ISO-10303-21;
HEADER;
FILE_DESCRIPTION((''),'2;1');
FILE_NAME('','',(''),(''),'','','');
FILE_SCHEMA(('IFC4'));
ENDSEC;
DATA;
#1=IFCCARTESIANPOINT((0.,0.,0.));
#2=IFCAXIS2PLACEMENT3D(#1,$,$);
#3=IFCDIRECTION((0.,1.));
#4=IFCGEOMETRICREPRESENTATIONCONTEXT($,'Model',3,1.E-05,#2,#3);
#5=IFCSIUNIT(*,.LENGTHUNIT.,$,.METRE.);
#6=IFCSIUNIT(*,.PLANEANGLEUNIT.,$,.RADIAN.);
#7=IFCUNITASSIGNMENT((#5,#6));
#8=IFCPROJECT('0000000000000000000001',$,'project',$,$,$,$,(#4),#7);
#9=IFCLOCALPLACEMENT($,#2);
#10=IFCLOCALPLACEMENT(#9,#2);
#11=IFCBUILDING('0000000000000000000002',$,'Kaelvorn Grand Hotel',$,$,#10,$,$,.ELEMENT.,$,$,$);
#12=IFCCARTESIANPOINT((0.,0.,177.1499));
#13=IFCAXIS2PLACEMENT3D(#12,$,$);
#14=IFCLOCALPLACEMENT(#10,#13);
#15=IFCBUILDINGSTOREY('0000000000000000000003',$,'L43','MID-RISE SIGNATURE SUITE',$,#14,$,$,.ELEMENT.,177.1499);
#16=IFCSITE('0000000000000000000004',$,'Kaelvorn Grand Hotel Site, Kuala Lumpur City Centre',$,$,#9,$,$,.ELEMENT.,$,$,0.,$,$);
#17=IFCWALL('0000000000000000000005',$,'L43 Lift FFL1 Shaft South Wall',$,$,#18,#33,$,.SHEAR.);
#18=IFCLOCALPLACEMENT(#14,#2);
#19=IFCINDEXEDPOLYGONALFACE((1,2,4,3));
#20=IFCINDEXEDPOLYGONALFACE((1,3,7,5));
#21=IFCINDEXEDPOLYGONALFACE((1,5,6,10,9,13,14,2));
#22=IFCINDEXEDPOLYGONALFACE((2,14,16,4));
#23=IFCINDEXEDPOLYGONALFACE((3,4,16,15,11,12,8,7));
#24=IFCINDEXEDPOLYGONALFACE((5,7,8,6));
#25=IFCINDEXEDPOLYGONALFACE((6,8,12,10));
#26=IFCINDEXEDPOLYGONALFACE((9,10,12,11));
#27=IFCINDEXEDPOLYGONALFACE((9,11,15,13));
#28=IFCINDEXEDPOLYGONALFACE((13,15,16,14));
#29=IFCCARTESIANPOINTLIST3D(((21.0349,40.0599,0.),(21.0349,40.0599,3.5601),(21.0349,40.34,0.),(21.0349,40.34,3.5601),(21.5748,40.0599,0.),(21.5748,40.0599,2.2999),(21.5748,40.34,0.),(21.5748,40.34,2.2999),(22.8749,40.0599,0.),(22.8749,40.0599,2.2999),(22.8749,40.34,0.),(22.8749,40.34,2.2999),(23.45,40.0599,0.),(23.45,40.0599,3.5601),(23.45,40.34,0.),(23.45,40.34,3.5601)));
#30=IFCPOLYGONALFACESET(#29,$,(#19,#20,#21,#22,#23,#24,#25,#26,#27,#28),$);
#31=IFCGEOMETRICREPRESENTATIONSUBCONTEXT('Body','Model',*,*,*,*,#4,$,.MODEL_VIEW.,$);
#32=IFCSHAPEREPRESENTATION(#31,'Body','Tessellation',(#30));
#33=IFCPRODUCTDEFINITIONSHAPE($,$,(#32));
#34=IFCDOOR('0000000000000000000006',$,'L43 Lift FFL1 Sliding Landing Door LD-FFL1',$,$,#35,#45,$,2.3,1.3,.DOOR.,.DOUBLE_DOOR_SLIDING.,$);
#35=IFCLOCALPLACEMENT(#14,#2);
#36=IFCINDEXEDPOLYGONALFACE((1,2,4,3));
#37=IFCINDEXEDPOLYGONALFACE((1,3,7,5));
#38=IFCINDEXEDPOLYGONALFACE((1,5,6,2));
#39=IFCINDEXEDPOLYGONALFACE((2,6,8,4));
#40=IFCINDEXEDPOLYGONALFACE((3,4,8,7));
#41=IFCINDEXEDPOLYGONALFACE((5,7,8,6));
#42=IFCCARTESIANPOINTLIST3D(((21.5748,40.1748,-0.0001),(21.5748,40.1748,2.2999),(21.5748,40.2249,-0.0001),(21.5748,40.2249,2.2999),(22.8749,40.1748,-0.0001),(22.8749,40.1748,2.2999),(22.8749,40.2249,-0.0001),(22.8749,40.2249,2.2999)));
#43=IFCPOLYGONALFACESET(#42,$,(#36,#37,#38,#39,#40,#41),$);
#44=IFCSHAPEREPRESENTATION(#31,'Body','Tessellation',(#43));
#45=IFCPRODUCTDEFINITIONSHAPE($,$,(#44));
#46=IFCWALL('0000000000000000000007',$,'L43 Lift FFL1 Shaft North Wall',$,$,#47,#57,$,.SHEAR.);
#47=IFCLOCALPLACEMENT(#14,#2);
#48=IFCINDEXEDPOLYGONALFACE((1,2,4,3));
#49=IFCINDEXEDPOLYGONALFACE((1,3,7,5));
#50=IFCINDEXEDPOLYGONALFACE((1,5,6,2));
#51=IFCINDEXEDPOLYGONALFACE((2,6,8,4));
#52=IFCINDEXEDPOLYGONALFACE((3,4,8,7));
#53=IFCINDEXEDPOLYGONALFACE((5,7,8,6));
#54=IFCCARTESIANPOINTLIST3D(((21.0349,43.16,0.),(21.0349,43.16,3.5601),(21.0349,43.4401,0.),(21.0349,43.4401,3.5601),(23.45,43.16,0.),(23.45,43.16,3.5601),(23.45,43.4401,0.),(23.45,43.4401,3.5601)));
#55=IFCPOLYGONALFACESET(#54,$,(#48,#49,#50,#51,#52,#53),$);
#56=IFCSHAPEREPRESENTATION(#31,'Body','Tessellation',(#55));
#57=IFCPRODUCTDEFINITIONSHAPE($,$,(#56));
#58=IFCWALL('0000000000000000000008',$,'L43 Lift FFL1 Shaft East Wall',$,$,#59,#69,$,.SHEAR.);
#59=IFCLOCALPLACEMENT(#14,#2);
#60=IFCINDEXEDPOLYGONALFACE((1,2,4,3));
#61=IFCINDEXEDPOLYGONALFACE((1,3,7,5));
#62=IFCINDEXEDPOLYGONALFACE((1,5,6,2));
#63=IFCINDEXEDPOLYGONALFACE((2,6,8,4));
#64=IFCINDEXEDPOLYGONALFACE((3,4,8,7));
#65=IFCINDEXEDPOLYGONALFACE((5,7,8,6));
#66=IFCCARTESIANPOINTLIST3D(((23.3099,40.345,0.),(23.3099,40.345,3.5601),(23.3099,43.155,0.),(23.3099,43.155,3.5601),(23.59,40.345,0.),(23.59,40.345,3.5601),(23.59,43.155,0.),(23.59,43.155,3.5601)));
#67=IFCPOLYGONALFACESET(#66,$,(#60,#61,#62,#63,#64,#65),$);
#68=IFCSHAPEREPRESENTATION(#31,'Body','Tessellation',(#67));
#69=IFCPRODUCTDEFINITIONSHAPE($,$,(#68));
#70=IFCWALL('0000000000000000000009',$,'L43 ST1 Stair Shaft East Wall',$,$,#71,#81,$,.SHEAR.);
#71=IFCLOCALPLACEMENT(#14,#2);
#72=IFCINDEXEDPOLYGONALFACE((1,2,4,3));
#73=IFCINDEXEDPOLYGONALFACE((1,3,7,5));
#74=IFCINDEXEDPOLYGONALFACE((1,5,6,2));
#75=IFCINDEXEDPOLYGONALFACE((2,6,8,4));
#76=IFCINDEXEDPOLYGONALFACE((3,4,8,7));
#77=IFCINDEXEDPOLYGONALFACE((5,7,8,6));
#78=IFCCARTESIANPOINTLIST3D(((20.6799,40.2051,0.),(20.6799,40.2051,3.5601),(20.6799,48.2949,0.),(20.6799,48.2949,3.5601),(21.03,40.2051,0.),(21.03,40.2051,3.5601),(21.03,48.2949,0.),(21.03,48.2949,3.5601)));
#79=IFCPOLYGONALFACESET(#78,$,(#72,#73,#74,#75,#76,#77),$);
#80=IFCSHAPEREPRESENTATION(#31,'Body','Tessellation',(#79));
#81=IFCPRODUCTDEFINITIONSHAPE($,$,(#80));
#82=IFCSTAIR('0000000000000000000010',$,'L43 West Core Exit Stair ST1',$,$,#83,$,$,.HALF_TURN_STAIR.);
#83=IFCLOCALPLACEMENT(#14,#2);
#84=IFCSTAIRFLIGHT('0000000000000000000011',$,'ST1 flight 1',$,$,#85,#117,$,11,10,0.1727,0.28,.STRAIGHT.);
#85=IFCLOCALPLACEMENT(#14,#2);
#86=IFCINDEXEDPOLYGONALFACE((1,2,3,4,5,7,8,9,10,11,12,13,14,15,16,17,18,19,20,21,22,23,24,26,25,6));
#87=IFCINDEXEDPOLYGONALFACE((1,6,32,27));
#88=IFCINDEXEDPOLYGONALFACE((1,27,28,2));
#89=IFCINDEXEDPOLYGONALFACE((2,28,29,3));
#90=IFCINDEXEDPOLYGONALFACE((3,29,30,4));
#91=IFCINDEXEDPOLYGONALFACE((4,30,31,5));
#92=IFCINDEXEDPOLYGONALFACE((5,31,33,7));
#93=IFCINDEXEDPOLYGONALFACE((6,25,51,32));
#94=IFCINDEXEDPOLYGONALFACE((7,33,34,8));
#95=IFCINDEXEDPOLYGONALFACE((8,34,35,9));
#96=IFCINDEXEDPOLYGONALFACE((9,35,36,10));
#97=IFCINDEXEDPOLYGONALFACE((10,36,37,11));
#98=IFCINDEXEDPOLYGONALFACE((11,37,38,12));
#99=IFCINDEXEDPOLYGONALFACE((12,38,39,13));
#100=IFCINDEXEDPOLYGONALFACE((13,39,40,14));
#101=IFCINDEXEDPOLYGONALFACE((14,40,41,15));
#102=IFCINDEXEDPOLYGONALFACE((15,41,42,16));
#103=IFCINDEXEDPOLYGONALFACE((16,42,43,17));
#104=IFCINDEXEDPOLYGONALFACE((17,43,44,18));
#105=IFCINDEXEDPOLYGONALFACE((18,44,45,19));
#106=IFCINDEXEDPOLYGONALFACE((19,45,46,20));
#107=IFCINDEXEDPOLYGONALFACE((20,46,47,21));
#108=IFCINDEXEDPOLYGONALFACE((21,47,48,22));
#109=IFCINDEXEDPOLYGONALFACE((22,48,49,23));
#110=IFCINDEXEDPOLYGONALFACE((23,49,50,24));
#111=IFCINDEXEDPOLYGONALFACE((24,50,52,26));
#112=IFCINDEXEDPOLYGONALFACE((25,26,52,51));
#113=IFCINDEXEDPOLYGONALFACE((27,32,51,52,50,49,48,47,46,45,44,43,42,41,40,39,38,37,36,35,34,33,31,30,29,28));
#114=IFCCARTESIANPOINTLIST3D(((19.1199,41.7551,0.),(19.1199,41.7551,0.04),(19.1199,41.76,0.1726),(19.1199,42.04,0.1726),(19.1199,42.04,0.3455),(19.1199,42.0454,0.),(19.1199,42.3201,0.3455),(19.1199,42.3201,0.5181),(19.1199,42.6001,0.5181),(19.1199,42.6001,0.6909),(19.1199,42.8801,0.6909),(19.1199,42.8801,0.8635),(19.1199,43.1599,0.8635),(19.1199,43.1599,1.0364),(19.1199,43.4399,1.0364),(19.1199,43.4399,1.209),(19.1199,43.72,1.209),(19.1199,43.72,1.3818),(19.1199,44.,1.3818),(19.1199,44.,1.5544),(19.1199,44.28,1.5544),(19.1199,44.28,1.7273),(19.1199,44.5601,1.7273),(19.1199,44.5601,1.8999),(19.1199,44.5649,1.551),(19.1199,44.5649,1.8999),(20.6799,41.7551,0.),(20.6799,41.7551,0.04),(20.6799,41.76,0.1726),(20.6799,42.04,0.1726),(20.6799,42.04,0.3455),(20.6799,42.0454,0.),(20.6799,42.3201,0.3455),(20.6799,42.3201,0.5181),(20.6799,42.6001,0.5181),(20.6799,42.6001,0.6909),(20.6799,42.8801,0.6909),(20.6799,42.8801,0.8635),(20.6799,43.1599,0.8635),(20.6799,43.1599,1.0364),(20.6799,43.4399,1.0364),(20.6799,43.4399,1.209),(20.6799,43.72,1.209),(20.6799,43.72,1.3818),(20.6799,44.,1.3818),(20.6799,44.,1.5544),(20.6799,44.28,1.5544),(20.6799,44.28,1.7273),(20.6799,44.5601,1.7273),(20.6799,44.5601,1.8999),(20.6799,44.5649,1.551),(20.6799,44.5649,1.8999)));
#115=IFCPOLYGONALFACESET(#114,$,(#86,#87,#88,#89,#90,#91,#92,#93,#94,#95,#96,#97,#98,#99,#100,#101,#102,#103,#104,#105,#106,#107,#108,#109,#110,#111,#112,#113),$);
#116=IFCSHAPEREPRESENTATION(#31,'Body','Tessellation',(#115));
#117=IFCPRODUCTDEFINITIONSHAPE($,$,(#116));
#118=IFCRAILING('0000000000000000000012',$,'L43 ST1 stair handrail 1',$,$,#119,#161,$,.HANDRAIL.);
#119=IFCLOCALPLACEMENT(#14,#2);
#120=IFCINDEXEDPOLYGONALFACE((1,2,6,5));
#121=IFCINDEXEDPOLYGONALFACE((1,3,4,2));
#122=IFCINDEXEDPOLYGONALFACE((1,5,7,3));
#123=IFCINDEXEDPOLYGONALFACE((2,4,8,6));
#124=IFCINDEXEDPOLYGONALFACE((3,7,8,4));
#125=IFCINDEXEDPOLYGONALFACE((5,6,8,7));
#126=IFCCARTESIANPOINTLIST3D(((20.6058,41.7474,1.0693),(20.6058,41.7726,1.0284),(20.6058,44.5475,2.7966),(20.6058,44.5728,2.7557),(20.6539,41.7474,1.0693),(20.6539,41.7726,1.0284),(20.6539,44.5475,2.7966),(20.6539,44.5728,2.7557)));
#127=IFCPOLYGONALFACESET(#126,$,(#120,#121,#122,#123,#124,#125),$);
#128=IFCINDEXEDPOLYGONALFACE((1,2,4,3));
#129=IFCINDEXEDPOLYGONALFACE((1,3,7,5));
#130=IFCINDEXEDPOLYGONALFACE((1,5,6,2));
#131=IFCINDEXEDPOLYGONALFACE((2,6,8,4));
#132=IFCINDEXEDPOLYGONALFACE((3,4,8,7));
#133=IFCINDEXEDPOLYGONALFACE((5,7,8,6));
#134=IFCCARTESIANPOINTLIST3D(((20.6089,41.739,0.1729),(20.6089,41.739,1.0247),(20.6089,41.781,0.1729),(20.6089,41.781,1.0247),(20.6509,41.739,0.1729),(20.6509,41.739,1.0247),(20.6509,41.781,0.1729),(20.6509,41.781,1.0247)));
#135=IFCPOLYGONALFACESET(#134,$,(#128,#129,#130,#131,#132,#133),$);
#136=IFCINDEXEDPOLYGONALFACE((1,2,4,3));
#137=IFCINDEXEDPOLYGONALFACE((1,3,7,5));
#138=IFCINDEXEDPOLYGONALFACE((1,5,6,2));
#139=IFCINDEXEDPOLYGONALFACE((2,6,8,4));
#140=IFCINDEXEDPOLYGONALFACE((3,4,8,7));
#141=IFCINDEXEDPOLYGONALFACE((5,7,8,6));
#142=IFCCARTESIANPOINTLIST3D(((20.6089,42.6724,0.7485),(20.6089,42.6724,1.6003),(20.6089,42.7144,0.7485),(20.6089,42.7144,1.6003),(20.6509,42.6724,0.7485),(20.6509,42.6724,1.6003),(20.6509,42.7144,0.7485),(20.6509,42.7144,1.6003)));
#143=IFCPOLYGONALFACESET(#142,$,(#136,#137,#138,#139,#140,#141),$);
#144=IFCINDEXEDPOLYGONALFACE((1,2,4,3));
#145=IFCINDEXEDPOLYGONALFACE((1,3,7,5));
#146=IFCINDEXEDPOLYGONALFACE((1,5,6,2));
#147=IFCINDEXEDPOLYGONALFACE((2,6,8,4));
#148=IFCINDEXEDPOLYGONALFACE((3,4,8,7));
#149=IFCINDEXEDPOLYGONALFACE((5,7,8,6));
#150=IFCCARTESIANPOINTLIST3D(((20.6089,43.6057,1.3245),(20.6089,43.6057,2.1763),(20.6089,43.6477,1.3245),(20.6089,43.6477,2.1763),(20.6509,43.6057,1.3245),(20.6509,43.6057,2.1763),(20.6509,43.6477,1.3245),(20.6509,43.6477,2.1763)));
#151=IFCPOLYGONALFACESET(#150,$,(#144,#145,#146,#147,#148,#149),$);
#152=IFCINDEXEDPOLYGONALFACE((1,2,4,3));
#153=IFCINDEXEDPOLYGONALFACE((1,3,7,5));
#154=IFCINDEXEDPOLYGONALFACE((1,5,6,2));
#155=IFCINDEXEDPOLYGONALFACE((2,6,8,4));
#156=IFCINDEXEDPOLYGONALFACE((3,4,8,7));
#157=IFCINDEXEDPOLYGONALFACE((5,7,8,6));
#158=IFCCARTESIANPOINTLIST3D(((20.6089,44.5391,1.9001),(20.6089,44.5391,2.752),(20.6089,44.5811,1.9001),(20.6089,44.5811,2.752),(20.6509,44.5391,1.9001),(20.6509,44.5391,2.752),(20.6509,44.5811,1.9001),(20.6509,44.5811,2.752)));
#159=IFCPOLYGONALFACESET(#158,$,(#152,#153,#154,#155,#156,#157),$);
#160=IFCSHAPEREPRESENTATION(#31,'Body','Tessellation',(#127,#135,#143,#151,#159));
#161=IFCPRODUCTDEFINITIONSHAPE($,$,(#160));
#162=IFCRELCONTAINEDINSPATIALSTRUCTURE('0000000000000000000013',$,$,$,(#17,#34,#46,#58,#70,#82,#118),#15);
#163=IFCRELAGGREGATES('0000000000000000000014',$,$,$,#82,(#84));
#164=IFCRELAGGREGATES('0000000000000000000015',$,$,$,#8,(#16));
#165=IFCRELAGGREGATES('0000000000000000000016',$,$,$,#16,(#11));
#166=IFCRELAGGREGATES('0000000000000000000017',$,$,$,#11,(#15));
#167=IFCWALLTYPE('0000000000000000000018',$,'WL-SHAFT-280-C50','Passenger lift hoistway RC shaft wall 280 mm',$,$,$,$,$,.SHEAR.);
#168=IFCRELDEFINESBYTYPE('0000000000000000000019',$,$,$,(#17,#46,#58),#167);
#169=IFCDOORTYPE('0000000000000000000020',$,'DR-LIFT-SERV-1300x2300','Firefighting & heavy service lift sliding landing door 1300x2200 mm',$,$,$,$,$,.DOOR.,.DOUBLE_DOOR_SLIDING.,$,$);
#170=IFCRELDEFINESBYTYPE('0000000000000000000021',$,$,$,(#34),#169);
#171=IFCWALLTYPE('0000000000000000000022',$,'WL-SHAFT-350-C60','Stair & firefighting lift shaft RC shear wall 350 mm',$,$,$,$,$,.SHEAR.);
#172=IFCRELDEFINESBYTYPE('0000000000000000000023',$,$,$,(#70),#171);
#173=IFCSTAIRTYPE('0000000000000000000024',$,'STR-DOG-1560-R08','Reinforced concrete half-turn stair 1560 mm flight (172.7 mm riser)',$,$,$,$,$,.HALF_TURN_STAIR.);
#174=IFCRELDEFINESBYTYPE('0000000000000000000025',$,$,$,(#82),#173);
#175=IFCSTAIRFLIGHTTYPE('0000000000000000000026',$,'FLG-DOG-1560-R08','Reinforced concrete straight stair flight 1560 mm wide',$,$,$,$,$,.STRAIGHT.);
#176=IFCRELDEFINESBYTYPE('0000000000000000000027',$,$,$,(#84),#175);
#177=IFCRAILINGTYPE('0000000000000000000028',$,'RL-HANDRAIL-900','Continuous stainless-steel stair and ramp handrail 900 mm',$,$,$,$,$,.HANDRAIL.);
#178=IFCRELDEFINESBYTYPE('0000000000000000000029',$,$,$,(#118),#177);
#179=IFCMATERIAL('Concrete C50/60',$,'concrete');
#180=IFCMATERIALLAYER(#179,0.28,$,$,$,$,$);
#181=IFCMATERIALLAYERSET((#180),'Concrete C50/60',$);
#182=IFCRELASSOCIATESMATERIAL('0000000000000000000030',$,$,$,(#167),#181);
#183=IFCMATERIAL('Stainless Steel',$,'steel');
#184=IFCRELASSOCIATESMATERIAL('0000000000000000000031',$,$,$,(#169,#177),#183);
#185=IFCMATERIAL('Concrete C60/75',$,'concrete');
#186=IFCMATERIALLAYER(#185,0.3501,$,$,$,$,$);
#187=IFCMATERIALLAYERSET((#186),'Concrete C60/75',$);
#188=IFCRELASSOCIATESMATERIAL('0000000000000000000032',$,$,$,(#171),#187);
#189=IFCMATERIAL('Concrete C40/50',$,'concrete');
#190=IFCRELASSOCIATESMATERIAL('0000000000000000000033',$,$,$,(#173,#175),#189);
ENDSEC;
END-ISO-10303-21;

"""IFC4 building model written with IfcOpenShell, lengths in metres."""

from ifc_helpers import new_model, si_unit, direction, frame, frame_2d, origin, origin_2d, place, context, subcontext, project, spatial, polyline, rectangle, outline, extrude, material, layer, layer_set, type_object, element, fill, aggregate, save


model = new_model("IFC4")

# Units and contexts
model_context = context("Model", 3, precision=1e-05, world=origin(), true_north=direction((0.0, 1.0)))
body_context = subcontext(model_context, "Body", "Model", "MODEL_VIEW")
ifc_project = project(units=[si_unit("LENGTHUNIT", "METRE"), si_unit("PLANEANGLEUNIT", "RADIAN")], contexts=[model_context])

# Site, building, storey
site_placement = place(None, origin())
site = spatial("IfcSite", under=ifc_project, at=site_placement, Name="Kaelvorn Grand Hotel Site, Kuala Lumpur City Centre", CompositionType="ELEMENT", RefElevation=0.0)
building_placement = place(site_placement, origin())
building = spatial("IfcBuilding", under=site, at=building_placement, Name="Kaelvorn Grand Hotel", CompositionType="ELEMENT")
storey_placement = place(building_placement, frame((0.0, 0.0, 177.1499)))
storey = spatial("IfcBuildingStorey", under=building, at=storey_placement, Name="L43", Description="MID-RISE SIGNATURE SUITE", CompositionType="ELEMENT", Elevation=177.1499)

# Shared definitions
ifc_material_1 = material(Name="Concrete C60/75", Category="concrete")

# Shared definitions
ifc_material_2 = material(Name="Concrete C50/60", Category="concrete")

# Shared definitions
ifc_material_3 = material(Name="Concrete C40/50", Category="concrete")

# Wall, opening, door
ifc_layer_1 = layer(ifc_material_2, 0.28)
ifc_layer_set_1 = layer_set([ifc_layer_1], Name="Concrete C50/60")
wall_type_1 = type_object("IfcWallType", Name="WL-SHAFT-280-C50", Description="Passenger lift hoistway RC shaft wall 280 mm", PredefinedType="SHEAR", material=ifc_layer_set_1)
wall_1_placement = place(storey_placement, frame((21.0349, 40.2, 0.0), z_axis=(0.0, 0.0, 1.0), x_axis=(1.0, 0.0, 0.0)))
wall_1 = element("IfcWall", 1, at=wall_1_placement, inside=storey, type_object=wall_type_1, Name="L43 Lift FFL1 Shaft South Wall", PredefinedType="SHEAR", context=body_context, shape_type="SweptSolid", body=[
    extrude(rectangle(XDim=2.415, YDim=0.28, at=frame_2d((1.2075, 0.0))), origin(), (0.0, 0.0, 1.0), 3.5601),
])
opening_1_placement = place(wall_1_placement, frame((0.54, 0.0, 0.0)))
opening_1 = element("IfcOpeningElement", 2, at=opening_1_placement, cuts=wall_1, PredefinedType="OPENING", context=body_context, shape_type="SweptSolid", body=[
    extrude(rectangle(XDim=1.3, YDim=2.3, at=frame_2d((0.6499, 1.1499))), frame((0.0, 0.1499, 0.0), z_axis=(0.0, -1.0, 0.0), x_axis=(1.0, 0.0, 0.0)), (0.0, 0.0, 1.0), 0.3),
])
ifc_material_4 = material(Name="Stainless Steel", Category="steel")
door_type_1 = type_object("IfcDoorType", Name="DR-LIFT-SERV-1300x2300", Description="Firefighting & heavy service lift sliding landing door 1300x2200 mm", OperationType="DOUBLE_DOOR_SLIDING", PredefinedType="DOOR", material=ifc_material_4)
door_1_placement = place(opening_1_placement, origin())
door_1 = element("IfcDoor", 3, at=door_1_placement, inside=storey, type_object=door_type_1, Name="L43 Lift FFL1 Sliding Landing Door LD-FFL1", OperationType="DOUBLE_DOOR_SLIDING", OverallHeight=2.3, OverallWidth=1.3, PredefinedType="DOOR", context=body_context, shape_type="SweptSolid", body=[
    extrude(rectangle(XDim=1.3, YDim=2.3, at=frame_2d((0.6499, 1.1499))), frame((0.0, 0.0249, 0.0), z_axis=(0.0, -1.0, 0.0), x_axis=(1.0, 0.0, 0.0)), (0.0, 0.0, 1.0), 0.05),
])
fill(opening_1, door_1)

# Walls
wall_2_placement = place(storey_placement, frame((21.0349, 43.3, 0.0), z_axis=(0.0, 0.0, 1.0), x_axis=(1.0, 0.0, 0.0)))
element("IfcWall", 4, at=wall_2_placement, inside=storey, type_object=wall_type_1, Name="L43 Lift FFL1 Shaft North Wall", PredefinedType="SHEAR", context=body_context, shape_type="SweptSolid", body=[
    extrude(rectangle(XDim=2.415, YDim=0.28, at=frame_2d((1.2075, 0.0))), origin(), (0.0, 0.0, 1.0), 3.5601),
])
wall_3_placement = place(storey_placement, frame((23.45, 40.345, 0.0), z_axis=(0.0, 0.0, 1.0), x_axis=(0.0, 1.0, 0.0)))
element("IfcWall", 5, at=wall_3_placement, inside=storey, type_object=wall_type_1, Name="L43 Lift FFL1 Shaft East Wall", PredefinedType="SHEAR", context=body_context, shape_type="SweptSolid", body=[
    extrude(rectangle(XDim=2.8101, YDim=0.28, at=frame_2d((1.405, 0.0))), origin(), (0.0, 0.0, 1.0), 3.5601),
])
ifc_layer_2 = layer(ifc_material_1, 0.3501)
ifc_layer_set_2 = layer_set([ifc_layer_2], Name="Concrete C60/75")
wall_type_2 = type_object("IfcWallType", Name="WL-SHAFT-350-C60", Description="Stair & firefighting lift shaft RC shear wall 350 mm", PredefinedType="SHEAR", material=ifc_layer_set_2)
wall_4_placement = place(storey_placement, frame((20.855, 40.2051, 0.0), z_axis=(0.0, 0.0, 1.0), x_axis=(0.0, 1.0, 0.0)))
element("IfcWall", 6, at=wall_4_placement, inside=storey, type_object=wall_type_2, Name="L43 ST1 Stair Shaft East Wall", PredefinedType="SHEAR", context=body_context, shape_type="SweptSolid", body=[
    extrude(rectangle(XDim=8.0898, YDim=0.3501, at=frame_2d((4.0449, 0.0))), origin(), (0.0, 0.0, 1.0), 3.5601),
])

# Stair, stair flight
stair_type = type_object("IfcStairType", Name="STR-DOG-1560-R08", Description="Reinforced concrete half-turn stair 1560 mm flight (172.7 mm riser)", PredefinedType="HALF_TURN_STAIR", material=ifc_material_3)
stair_placement = place(storey_placement, origin())
stair = element("IfcStair", 7, at=stair_placement, inside=storey, type_object=stair_type, Name="L43 West Core Exit Stair ST1", PredefinedType="HALF_TURN_STAIR")
stair_flight_type = type_object("IfcStairFlightType", Name="FLG-DOG-1560-R08", Description="Reinforced concrete straight stair flight 1560 mm wide", PredefinedType="STRAIGHT", material=ifc_material_3)
stair_flight_placement = place(storey_placement, frame((19.8999, 41.76, 0.0), z_axis=(0.0, 0.0, 1.0), x_axis=(0.0, 1.0, 0.0)))
stair_flight = element("IfcStairFlight", 8, at=stair_flight_placement, type_object=stair_flight_type, Name="ST1 flight 1", NumberOfRisers=11, NumberOfTreads=10, PredefinedType="STRAIGHT", RiserHeight=0.1727, TreadLength=0.28, context=body_context, shape_type="SweptSolid", body=[
    extrude(outline(polyline([(-0.0049, 0.0), (-0.0049, 0.04), (0.0, 0.1726), (0.28, 0.1726), (0.28, 0.3455), (0.5601, 0.3455), (0.5601, 0.5181), (0.8401, 0.5181), (0.8401, 0.6909), (1.1201, 0.6909), (1.1201, 0.8635), (1.3999, 0.8635), (1.3999, 1.0364), (1.6799, 1.0364), (1.6799, 1.209), (1.96, 1.209), (1.96, 1.3818), (2.24, 1.3818), (2.24, 1.5544), (2.52, 1.5544), (2.52, 1.7273), (2.8, 1.7273), (2.8, 1.8999), (2.8049, 1.8999), (2.8049, 1.551), (0.2854, 0.0), (-0.0049, 0.0)])), frame((0.0, 0.78, 0.0), z_axis=(0.0, -1.0, 0.0), x_axis=(1.0, 0.0, 0.0)), (0.0, 0.0, 1.0), 1.5601),
])
aggregate(stair, [stair_flight])

# Railing
railing_type = type_object("IfcRailingType", Name="RL-HANDRAIL-900", Description="Continuous stainless-steel stair and ramp handrail 900 mm", PredefinedType="HANDRAIL", material=ifc_material_4)
railing_placement = place(storey_placement, frame((20.6299, 41.76, 0.1729)))
element("IfcRailing", 9, at=railing_placement, inside=storey, type_object=railing_type, Name="L43 ST1 stair handrail 1", PredefinedType="HANDRAIL", context=body_context, shape_type="SweptSolid", body=[
    extrude(rectangle(XDim=0.0481, YDim=0.0481, at=origin_2d()), frame((0.0, 0.0, 0.876), z_axis=(0.0, 0.85109, 0.52502), x_axis=(-1.0, 0.0, 0.0)), (0.0, 0.0, 1.0), 3.29),
    extrude(rectangle(XDim=0.042, YDim=0.042, at=origin_2d()), origin(), (0.0, 0.0, 1.0), 0.8518),
    extrude(rectangle(XDim=0.042, YDim=0.042, at=origin_2d()), frame((0.0, 0.9333, 0.5757)), (0.0, 0.0, 1.0), 0.8518),
    extrude(rectangle(XDim=0.042, YDim=0.042, at=origin_2d()), frame((0.0, 1.8667, 1.1516)), (0.0, 0.0, 1.0), 0.8518),
    extrude(rectangle(XDim=0.042, YDim=0.042, at=origin_2d()), frame((0.0, 2.8, 1.7273)), (0.0, 0.0, 1.0), 0.8518),
])

save(model, "model.ifc")
